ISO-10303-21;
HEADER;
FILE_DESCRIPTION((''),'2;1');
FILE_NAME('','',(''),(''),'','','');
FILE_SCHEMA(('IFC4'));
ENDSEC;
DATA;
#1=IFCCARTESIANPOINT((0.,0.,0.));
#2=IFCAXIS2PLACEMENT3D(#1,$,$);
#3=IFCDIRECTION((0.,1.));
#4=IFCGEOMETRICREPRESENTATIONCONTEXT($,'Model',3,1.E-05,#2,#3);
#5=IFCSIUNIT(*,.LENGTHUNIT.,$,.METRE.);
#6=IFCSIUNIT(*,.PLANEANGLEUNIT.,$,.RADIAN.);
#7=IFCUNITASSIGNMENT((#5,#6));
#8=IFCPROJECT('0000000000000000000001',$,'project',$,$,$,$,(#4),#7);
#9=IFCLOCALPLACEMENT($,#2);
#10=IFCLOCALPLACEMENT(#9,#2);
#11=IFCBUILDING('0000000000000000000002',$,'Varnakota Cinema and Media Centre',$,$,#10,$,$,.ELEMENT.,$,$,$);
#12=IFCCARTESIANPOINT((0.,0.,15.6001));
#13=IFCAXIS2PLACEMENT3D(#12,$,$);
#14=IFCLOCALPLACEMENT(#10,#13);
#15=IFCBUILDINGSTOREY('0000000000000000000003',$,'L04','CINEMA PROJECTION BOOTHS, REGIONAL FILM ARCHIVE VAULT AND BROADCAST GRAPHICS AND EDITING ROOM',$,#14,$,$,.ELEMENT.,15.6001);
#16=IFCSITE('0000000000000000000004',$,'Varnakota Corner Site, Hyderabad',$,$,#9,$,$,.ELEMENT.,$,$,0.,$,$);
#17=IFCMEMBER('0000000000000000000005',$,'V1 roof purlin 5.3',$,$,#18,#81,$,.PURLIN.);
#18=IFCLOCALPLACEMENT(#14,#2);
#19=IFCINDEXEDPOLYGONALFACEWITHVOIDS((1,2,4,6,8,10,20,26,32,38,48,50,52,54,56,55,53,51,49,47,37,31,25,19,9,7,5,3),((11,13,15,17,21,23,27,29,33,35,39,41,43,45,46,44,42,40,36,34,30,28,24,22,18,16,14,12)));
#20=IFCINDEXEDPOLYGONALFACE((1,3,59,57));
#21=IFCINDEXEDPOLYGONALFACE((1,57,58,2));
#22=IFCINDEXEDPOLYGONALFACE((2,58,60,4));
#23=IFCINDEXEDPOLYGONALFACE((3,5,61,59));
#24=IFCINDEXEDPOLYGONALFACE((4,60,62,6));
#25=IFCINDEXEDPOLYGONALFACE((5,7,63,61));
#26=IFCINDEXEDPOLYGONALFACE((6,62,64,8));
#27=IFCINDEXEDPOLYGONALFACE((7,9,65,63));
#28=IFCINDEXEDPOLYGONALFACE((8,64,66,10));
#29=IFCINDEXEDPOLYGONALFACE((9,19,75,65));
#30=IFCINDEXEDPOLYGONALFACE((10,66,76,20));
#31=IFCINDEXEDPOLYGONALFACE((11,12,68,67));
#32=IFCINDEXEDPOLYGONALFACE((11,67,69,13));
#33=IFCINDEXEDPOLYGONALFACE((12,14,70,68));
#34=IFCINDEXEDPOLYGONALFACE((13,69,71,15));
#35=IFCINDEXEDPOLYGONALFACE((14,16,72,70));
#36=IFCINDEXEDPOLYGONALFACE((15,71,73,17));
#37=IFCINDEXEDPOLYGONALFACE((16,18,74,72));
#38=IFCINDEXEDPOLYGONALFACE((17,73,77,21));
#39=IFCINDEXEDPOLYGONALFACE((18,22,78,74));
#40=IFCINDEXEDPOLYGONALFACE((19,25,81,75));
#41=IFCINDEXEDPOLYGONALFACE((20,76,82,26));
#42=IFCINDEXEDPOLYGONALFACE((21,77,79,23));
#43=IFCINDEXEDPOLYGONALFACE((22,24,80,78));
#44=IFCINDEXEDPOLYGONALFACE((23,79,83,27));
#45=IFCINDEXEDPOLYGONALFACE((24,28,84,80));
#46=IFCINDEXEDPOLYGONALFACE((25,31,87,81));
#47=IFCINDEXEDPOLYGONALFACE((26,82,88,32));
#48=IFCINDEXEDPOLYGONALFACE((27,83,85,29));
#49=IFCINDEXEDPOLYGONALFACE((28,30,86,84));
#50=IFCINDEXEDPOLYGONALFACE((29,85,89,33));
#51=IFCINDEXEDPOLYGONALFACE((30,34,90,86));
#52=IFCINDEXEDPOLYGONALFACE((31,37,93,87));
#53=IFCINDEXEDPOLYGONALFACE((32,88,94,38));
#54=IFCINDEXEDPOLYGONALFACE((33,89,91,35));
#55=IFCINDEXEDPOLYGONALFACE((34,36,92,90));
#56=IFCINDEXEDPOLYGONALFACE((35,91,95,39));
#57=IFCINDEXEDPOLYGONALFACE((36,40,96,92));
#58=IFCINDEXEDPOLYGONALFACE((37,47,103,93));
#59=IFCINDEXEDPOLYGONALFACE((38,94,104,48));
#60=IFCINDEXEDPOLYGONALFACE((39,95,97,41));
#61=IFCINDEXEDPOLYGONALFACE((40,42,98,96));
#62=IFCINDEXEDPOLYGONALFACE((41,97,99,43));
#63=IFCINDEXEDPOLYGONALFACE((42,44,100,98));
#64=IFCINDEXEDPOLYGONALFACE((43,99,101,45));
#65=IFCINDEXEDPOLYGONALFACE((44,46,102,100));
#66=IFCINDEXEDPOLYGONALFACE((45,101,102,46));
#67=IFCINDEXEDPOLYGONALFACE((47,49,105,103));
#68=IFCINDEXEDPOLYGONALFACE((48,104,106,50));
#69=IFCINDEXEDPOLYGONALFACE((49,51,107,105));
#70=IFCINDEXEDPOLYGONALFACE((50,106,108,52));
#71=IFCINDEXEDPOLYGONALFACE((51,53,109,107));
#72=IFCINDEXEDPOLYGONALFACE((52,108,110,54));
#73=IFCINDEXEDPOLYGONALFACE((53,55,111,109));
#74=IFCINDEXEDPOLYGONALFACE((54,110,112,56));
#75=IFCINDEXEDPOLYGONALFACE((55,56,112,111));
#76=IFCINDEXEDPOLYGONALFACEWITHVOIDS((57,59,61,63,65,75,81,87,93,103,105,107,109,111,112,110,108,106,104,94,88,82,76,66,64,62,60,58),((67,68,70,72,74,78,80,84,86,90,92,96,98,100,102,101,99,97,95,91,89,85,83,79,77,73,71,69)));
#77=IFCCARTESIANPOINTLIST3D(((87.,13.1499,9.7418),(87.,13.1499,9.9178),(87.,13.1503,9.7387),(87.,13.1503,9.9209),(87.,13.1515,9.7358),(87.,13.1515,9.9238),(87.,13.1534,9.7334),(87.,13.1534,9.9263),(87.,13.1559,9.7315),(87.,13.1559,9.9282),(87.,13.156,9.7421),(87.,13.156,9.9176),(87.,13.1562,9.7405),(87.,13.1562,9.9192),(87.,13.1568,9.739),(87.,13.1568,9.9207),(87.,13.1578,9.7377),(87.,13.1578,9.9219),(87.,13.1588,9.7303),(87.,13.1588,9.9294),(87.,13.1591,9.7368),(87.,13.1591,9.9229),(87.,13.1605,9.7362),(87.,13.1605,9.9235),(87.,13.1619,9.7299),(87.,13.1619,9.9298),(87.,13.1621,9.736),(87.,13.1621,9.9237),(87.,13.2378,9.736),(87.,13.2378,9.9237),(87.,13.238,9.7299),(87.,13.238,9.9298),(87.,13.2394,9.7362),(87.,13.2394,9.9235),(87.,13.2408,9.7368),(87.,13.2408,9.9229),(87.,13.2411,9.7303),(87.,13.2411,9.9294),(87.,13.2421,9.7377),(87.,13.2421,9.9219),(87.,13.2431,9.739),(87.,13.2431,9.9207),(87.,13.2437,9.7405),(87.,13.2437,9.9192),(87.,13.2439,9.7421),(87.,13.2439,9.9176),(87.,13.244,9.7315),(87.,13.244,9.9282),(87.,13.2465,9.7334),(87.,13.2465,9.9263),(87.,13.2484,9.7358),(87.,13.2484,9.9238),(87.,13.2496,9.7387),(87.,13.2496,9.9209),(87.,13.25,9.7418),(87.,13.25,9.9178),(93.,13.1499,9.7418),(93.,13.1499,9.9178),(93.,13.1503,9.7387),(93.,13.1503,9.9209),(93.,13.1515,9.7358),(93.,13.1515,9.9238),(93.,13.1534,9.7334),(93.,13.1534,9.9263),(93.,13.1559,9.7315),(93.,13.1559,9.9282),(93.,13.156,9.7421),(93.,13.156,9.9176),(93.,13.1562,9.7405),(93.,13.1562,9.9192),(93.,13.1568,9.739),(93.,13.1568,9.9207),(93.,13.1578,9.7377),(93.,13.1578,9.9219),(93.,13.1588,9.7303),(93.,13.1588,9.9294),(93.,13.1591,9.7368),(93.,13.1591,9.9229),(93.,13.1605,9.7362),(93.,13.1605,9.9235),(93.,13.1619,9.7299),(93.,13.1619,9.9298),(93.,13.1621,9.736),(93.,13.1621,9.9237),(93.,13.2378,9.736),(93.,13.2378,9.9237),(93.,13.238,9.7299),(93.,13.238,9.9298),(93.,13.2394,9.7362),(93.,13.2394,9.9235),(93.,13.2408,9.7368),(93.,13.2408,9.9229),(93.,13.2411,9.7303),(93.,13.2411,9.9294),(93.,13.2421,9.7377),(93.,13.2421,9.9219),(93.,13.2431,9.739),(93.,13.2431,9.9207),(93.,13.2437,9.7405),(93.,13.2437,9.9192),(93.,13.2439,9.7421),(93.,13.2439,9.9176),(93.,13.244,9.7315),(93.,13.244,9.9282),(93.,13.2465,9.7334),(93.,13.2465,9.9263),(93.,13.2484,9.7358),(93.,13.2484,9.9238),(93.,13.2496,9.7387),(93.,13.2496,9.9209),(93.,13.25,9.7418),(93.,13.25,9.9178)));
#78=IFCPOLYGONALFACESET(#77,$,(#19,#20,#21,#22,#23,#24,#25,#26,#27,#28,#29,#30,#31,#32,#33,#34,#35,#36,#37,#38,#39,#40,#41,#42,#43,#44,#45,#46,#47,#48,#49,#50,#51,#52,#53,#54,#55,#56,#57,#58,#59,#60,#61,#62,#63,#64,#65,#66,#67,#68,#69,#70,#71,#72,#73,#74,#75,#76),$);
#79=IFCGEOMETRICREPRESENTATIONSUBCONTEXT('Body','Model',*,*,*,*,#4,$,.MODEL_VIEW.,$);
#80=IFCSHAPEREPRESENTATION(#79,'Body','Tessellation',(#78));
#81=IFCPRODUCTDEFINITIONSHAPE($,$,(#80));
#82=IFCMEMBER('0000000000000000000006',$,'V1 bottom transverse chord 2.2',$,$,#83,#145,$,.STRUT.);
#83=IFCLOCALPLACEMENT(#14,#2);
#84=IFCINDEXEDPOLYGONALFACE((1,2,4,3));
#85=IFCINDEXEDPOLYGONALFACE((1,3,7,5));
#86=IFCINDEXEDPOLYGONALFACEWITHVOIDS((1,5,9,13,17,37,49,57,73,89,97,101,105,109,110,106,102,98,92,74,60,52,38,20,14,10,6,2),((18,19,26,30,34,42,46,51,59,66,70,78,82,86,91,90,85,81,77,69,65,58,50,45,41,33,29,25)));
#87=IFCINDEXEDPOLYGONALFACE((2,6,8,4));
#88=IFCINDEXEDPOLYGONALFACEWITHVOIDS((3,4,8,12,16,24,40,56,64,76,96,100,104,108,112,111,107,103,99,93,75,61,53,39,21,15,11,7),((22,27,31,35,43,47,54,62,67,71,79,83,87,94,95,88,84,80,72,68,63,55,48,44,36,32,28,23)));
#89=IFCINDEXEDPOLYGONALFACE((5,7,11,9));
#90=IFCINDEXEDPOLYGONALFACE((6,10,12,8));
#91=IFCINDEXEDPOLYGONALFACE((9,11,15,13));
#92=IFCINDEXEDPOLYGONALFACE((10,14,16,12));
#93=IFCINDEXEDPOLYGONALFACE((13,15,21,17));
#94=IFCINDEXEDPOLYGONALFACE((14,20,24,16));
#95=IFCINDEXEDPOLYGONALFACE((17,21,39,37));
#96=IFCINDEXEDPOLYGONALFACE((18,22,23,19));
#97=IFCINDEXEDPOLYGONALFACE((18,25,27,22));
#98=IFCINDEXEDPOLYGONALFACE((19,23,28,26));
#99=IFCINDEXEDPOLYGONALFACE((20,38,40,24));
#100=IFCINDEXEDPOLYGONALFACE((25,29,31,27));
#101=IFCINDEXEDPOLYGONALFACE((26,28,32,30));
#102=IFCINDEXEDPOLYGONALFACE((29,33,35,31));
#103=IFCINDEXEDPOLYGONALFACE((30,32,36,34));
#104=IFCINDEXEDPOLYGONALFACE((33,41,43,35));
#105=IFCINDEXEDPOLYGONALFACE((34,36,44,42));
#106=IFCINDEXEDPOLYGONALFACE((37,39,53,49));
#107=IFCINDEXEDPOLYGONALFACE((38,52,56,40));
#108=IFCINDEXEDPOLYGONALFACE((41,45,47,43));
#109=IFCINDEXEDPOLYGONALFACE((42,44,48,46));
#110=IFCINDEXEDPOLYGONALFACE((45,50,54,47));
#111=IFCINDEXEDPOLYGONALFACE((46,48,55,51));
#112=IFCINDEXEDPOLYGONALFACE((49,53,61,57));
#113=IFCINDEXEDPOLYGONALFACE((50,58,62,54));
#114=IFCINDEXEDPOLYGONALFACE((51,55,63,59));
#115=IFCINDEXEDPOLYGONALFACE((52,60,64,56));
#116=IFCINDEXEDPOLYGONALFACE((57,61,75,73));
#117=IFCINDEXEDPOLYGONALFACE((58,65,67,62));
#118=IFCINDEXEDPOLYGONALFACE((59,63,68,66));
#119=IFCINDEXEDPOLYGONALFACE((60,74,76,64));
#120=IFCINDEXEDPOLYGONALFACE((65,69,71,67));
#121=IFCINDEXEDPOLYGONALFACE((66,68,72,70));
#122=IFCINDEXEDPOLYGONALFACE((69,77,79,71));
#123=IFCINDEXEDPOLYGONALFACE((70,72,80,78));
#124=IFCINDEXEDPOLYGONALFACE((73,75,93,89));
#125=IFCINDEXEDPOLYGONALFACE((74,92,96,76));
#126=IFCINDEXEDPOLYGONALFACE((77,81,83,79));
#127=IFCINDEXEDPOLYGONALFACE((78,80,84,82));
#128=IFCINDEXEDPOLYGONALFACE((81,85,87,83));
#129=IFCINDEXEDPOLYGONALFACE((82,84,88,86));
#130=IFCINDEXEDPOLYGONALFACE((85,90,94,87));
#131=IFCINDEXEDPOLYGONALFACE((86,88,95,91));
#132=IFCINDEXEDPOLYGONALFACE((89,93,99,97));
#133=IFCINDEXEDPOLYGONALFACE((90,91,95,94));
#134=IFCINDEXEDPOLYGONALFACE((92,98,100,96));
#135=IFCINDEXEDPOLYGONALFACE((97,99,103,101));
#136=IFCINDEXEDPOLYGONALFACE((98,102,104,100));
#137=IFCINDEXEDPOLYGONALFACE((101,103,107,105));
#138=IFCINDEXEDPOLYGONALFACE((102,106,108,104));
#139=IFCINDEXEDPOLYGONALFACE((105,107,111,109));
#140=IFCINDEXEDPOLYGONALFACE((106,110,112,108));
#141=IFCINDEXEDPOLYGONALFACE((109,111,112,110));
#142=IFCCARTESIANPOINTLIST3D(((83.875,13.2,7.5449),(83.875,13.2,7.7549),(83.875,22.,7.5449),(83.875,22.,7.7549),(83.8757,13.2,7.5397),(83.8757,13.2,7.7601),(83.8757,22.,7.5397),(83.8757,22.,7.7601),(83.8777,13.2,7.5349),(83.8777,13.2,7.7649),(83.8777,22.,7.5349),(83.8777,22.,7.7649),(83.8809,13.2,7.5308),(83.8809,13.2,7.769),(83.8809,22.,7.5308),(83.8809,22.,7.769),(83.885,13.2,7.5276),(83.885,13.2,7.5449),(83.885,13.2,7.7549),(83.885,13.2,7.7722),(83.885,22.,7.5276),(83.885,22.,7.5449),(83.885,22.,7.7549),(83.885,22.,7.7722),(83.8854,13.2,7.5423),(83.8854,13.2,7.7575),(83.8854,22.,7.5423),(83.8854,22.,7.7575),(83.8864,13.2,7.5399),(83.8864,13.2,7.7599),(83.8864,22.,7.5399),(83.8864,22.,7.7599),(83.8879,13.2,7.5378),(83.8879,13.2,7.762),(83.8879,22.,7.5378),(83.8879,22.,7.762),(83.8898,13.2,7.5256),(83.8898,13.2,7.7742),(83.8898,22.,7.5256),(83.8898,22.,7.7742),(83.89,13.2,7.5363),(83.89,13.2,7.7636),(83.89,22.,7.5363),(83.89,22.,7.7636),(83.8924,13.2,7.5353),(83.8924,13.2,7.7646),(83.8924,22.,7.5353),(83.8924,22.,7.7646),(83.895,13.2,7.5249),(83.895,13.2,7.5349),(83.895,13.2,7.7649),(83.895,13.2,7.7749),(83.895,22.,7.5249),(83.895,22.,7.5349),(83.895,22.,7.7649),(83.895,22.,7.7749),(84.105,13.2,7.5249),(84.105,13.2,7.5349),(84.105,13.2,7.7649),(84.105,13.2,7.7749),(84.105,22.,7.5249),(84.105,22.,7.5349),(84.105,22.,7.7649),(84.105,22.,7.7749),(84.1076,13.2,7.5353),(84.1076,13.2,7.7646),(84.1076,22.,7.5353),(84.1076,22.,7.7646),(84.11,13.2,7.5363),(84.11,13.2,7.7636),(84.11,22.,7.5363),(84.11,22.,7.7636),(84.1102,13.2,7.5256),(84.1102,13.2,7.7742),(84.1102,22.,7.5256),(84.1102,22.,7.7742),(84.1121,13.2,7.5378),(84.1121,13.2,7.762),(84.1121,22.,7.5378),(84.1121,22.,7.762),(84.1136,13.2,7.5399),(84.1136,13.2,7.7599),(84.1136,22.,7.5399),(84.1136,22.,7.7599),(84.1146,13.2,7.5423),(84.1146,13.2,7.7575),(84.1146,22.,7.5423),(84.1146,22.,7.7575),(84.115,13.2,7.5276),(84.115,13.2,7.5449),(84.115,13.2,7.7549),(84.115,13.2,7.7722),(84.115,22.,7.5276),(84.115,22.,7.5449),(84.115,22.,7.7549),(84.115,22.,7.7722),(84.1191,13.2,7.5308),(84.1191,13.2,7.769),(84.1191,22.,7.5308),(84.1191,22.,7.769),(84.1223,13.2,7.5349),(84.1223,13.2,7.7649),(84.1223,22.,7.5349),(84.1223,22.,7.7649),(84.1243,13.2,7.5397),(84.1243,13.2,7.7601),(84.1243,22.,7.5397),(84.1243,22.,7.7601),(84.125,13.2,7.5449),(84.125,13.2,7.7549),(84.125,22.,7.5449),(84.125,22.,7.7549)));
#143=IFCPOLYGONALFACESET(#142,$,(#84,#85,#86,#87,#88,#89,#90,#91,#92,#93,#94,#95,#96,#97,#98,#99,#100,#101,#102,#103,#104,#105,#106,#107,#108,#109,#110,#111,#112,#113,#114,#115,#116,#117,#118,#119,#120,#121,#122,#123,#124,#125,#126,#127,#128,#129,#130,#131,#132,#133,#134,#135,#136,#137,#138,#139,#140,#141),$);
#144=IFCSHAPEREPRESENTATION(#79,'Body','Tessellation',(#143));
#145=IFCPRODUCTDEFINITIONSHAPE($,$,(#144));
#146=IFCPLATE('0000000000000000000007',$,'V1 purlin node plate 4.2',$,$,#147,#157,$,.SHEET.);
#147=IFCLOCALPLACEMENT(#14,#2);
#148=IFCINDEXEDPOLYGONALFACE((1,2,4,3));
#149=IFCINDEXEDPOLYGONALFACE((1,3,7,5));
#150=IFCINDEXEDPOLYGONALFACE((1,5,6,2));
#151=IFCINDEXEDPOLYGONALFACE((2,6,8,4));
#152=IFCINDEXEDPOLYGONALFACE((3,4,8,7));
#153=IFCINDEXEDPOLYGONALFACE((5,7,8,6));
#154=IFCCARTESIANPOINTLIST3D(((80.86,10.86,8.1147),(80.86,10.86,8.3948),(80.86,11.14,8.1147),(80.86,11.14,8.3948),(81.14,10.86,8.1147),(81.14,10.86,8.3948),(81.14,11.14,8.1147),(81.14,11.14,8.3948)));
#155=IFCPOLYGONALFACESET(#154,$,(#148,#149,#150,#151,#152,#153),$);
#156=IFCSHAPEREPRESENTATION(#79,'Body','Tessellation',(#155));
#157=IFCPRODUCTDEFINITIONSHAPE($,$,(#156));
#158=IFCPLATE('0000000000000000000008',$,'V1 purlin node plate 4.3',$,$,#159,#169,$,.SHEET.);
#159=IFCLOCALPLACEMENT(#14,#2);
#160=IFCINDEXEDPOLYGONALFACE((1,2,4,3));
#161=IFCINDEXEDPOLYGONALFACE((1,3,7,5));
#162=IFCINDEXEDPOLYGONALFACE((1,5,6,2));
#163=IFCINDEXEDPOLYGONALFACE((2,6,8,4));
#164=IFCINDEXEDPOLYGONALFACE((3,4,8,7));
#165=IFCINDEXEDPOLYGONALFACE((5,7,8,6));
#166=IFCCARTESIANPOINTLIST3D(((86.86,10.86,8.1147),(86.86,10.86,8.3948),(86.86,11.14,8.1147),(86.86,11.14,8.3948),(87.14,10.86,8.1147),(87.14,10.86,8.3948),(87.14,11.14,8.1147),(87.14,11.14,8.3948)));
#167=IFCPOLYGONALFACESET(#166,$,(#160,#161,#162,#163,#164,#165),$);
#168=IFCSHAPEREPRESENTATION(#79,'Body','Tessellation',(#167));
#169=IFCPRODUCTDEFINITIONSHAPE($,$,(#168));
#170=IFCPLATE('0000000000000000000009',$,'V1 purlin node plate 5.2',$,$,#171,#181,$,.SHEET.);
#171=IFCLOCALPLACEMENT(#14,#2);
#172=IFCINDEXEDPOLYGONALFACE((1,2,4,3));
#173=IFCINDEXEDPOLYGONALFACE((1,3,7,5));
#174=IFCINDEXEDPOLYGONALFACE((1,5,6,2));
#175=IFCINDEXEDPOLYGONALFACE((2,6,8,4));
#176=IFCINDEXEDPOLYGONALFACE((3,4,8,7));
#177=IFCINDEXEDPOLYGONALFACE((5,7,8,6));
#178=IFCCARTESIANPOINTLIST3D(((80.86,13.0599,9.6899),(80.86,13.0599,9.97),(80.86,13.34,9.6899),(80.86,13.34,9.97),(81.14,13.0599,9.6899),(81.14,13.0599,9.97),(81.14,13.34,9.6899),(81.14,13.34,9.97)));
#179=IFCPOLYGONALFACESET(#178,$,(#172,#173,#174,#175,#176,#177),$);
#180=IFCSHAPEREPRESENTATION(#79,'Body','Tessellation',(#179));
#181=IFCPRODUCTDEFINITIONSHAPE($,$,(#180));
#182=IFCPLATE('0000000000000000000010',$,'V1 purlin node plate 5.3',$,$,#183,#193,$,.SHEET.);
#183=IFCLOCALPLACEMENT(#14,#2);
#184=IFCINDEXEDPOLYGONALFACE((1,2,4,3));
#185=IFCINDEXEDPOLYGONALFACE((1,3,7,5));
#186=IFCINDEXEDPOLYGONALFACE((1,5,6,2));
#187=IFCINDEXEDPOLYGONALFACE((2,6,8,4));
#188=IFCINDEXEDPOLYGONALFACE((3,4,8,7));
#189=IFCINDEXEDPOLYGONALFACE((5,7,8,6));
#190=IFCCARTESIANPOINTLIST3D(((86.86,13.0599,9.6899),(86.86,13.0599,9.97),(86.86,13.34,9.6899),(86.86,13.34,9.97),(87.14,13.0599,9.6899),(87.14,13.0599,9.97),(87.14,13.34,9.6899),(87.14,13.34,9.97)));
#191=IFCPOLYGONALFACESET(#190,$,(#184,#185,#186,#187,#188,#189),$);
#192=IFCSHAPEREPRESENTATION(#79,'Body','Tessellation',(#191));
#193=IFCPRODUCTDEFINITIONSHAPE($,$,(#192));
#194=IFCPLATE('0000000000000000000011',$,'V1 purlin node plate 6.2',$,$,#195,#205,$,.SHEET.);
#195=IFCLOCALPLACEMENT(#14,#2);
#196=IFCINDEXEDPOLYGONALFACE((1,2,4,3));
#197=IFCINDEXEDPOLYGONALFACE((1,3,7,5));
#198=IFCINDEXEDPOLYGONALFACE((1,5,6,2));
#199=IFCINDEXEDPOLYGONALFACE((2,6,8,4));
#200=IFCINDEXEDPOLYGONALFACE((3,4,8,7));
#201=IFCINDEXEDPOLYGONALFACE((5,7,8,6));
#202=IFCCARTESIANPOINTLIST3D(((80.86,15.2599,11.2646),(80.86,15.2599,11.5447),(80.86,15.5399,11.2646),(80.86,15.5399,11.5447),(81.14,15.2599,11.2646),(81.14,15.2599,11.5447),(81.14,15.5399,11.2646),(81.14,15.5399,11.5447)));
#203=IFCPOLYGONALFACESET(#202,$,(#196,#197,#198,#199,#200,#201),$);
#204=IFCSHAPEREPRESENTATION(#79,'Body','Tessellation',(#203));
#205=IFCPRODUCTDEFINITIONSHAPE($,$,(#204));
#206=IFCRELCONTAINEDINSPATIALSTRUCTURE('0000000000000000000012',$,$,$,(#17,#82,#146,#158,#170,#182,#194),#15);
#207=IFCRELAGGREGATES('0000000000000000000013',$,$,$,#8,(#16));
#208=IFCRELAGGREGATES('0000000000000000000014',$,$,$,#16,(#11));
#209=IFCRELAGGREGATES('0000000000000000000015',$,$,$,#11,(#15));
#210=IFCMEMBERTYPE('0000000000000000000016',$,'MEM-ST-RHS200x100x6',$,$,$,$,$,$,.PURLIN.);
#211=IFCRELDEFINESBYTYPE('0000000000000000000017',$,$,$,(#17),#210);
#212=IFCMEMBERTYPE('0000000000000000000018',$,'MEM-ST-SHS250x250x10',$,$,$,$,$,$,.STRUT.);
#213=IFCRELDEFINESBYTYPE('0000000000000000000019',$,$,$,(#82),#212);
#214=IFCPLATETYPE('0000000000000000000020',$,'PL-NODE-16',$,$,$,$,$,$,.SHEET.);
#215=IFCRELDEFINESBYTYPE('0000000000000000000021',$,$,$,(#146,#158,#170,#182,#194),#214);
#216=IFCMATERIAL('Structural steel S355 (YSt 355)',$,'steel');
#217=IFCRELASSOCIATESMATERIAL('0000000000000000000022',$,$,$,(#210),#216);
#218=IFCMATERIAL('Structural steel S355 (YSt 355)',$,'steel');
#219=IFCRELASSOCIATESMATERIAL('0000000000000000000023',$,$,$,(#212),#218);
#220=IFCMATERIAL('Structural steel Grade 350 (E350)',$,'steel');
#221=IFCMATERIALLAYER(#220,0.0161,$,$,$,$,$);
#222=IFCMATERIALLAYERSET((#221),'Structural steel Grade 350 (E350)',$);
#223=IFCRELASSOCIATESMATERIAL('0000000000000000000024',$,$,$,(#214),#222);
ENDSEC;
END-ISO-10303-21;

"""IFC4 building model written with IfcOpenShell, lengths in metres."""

from ifc_helpers import new_model, si_unit, direction, frame, origin, origin_2d, place, context, subcontext, project, spatial, rectangle, hollow_rectangle, extrude, material, layer, layer_set, material_profile, profile_set, type_object, element, save


model = new_model("IFC4")

# Units and contexts
model_context = context("Model", 3, precision=1e-05, world=origin(), true_north=direction((0.0, 1.0)))
body_context = subcontext(model_context, "Body", "Model", "MODEL_VIEW")
ifc_project = project(units=[si_unit("LENGTHUNIT", "METRE"), si_unit("PLANEANGLEUNIT", "RADIAN")], contexts=[model_context])

# Site, building, storey
site_placement = place(None, origin())
site = spatial("IfcSite", under=ifc_project, at=site_placement, Name="Varnakota Corner Site, Hyderabad", CompositionType="ELEMENT", RefElevation=0.0)
building_placement = place(site_placement, origin())
building = spatial("IfcBuilding", under=site, at=building_placement, Name="Varnakota Cinema and Media Centre", CompositionType="ELEMENT")
storey_placement = place(building_placement, frame((0.0, 0.0, 15.6001)))
storey = spatial("IfcBuildingStorey", under=building, at=storey_placement, Name="L04", Description="CINEMA PROJECTION BOOTHS, REGIONAL FILM ARCHIVE VAULT AND BROADCAST GRAPHICS AND EDITING ROOM", CompositionType="ELEMENT", Elevation=15.6001)

# Members
ifc_material_1 = material(Name="Structural steel S355 (YSt 355)", Category="steel")
ifc_material_profile_1 = material_profile(ifc_material_1, hollow_rectangle(XDim=0.1001, YDim=0.2, WallThickness=0.0061, InnerFilletRadius=0.0061, OuterFilletRadius=0.012, at=origin_2d()), Name="RHS 200x100x6")
ifc_profile_set_1 = profile_set([ifc_material_profile_1], Name="Structural steel S355 (YSt 355)")
member_type_1 = type_object("IfcMemberType", Name="MEM-ST-RHS200x100x6", PredefinedType="PURLIN", material=ifc_profile_set_1)
for number, where, z_axis, x_axis, name in (
    (1, (87.0, 13.2, 9.8298), (1.0, 0.0, 0.0), (0.0, 1.0, 0.0), "V1 roof purlin 5.3"),
):
    element("IfcMember", number, at=place(storey_placement, frame(where, z_axis=z_axis, x_axis=x_axis)), inside=storey, type_object=member_type_1, Name=name, PredefinedType="PURLIN", context=body_context, shape_type="SweptSolid", body=[
        extrude(hollow_rectangle(XDim=0.1001, YDim=0.2, WallThickness=0.0061, InnerFilletRadius=0.0061, OuterFilletRadius=0.012, at=origin_2d()), origin(), (0.0, 0.0, 1.0), 6.0),
    ])
ifc_material_2 = material(Name="Structural steel S355 (YSt 355)", Category="steel")
ifc_material_profile_2 = material_profile(ifc_material_2, hollow_rectangle(XDim=0.25, YDim=0.25, WallThickness=0.01, InnerFilletRadius=0.01, OuterFilletRadius=0.02, at=origin_2d()), Name="SHS 250x250x10")
ifc_profile_set_2 = profile_set([ifc_material_profile_2], Name="Structural steel S355 (YSt 355)")
member_type_2 = type_object("IfcMemberType", Name="MEM-ST-SHS250x250x10", PredefinedType="STRUT", material=ifc_profile_set_2)
member_1_placement = place(storey_placement, frame((84.0, 13.2, 7.6499), z_axis=(0.0, 1.0, 0.0), x_axis=(-1.0, 0.0, 0.0)))
element("IfcMember", 2, at=member_1_placement, inside=storey, type_object=member_type_2, Name="V1 bottom transverse chord 2.2", PredefinedType="STRUT", context=body_context, shape_type="SweptSolid", body=[
    extrude(hollow_rectangle(XDim=0.25, YDim=0.25, WallThickness=0.01, InnerFilletRadius=0.01, OuterFilletRadius=0.02, at=origin_2d()), origin(), (0.0, 0.0, 1.0), 8.8),
])

# Plates
ifc_material_3 = material(Name="Structural steel Grade 350 (E350)", Category="steel")
ifc_layer_1 = layer(ifc_material_3, 0.0161)
ifc_layer_set_1 = layer_set([ifc_layer_1], Name="Structural steel Grade 350 (E350)")
plate_type_1 = type_object("IfcPlateType", Name="PL-NODE-16", PredefinedType="SHEET", material=ifc_layer_set_1)
for number, where, z_axis, x_axis, name in (
    (3, (81.0, 11.0, 8.1147), (0.0, 0.0, 1.0), (1.0, 0.0, 0.0), "V1 purlin node plate 4.2"),
    (4, (87.0, 11.0, 8.1147), (0.0, 0.0, 1.0), (1.0, 0.0, 0.0), "V1 purlin node plate 4.3"),
    (5, (81.0, 13.2, 9.6899), (0.0, 0.0, 1.0), (1.0, 0.0, 0.0), "V1 purlin node plate 5.2"),
    (6, (87.0, 13.2, 9.6899), (0.0, 0.0, 1.0), (1.0, 0.0, 0.0), "V1 purlin node plate 5.3"),
    (7, (81.0, 15.3999, 11.2646), (0.0, 0.0, 1.0), (1.0, 0.0, 0.0), "V1 purlin node plate 6.2"),
):
    element("IfcPlate", number, at=place(storey_placement, frame(where, z_axis=z_axis, x_axis=x_axis)), inside=storey, type_object=plate_type_1, Name=name, PredefinedType="SHEET", context=body_context, shape_type="SweptSolid", body=[
        extrude(rectangle(XDim=0.28, YDim=0.28, at=origin_2d()), origin(), (0.0, 0.0, 1.0), 0.28),
    ])

save(model, "model.ifc")
